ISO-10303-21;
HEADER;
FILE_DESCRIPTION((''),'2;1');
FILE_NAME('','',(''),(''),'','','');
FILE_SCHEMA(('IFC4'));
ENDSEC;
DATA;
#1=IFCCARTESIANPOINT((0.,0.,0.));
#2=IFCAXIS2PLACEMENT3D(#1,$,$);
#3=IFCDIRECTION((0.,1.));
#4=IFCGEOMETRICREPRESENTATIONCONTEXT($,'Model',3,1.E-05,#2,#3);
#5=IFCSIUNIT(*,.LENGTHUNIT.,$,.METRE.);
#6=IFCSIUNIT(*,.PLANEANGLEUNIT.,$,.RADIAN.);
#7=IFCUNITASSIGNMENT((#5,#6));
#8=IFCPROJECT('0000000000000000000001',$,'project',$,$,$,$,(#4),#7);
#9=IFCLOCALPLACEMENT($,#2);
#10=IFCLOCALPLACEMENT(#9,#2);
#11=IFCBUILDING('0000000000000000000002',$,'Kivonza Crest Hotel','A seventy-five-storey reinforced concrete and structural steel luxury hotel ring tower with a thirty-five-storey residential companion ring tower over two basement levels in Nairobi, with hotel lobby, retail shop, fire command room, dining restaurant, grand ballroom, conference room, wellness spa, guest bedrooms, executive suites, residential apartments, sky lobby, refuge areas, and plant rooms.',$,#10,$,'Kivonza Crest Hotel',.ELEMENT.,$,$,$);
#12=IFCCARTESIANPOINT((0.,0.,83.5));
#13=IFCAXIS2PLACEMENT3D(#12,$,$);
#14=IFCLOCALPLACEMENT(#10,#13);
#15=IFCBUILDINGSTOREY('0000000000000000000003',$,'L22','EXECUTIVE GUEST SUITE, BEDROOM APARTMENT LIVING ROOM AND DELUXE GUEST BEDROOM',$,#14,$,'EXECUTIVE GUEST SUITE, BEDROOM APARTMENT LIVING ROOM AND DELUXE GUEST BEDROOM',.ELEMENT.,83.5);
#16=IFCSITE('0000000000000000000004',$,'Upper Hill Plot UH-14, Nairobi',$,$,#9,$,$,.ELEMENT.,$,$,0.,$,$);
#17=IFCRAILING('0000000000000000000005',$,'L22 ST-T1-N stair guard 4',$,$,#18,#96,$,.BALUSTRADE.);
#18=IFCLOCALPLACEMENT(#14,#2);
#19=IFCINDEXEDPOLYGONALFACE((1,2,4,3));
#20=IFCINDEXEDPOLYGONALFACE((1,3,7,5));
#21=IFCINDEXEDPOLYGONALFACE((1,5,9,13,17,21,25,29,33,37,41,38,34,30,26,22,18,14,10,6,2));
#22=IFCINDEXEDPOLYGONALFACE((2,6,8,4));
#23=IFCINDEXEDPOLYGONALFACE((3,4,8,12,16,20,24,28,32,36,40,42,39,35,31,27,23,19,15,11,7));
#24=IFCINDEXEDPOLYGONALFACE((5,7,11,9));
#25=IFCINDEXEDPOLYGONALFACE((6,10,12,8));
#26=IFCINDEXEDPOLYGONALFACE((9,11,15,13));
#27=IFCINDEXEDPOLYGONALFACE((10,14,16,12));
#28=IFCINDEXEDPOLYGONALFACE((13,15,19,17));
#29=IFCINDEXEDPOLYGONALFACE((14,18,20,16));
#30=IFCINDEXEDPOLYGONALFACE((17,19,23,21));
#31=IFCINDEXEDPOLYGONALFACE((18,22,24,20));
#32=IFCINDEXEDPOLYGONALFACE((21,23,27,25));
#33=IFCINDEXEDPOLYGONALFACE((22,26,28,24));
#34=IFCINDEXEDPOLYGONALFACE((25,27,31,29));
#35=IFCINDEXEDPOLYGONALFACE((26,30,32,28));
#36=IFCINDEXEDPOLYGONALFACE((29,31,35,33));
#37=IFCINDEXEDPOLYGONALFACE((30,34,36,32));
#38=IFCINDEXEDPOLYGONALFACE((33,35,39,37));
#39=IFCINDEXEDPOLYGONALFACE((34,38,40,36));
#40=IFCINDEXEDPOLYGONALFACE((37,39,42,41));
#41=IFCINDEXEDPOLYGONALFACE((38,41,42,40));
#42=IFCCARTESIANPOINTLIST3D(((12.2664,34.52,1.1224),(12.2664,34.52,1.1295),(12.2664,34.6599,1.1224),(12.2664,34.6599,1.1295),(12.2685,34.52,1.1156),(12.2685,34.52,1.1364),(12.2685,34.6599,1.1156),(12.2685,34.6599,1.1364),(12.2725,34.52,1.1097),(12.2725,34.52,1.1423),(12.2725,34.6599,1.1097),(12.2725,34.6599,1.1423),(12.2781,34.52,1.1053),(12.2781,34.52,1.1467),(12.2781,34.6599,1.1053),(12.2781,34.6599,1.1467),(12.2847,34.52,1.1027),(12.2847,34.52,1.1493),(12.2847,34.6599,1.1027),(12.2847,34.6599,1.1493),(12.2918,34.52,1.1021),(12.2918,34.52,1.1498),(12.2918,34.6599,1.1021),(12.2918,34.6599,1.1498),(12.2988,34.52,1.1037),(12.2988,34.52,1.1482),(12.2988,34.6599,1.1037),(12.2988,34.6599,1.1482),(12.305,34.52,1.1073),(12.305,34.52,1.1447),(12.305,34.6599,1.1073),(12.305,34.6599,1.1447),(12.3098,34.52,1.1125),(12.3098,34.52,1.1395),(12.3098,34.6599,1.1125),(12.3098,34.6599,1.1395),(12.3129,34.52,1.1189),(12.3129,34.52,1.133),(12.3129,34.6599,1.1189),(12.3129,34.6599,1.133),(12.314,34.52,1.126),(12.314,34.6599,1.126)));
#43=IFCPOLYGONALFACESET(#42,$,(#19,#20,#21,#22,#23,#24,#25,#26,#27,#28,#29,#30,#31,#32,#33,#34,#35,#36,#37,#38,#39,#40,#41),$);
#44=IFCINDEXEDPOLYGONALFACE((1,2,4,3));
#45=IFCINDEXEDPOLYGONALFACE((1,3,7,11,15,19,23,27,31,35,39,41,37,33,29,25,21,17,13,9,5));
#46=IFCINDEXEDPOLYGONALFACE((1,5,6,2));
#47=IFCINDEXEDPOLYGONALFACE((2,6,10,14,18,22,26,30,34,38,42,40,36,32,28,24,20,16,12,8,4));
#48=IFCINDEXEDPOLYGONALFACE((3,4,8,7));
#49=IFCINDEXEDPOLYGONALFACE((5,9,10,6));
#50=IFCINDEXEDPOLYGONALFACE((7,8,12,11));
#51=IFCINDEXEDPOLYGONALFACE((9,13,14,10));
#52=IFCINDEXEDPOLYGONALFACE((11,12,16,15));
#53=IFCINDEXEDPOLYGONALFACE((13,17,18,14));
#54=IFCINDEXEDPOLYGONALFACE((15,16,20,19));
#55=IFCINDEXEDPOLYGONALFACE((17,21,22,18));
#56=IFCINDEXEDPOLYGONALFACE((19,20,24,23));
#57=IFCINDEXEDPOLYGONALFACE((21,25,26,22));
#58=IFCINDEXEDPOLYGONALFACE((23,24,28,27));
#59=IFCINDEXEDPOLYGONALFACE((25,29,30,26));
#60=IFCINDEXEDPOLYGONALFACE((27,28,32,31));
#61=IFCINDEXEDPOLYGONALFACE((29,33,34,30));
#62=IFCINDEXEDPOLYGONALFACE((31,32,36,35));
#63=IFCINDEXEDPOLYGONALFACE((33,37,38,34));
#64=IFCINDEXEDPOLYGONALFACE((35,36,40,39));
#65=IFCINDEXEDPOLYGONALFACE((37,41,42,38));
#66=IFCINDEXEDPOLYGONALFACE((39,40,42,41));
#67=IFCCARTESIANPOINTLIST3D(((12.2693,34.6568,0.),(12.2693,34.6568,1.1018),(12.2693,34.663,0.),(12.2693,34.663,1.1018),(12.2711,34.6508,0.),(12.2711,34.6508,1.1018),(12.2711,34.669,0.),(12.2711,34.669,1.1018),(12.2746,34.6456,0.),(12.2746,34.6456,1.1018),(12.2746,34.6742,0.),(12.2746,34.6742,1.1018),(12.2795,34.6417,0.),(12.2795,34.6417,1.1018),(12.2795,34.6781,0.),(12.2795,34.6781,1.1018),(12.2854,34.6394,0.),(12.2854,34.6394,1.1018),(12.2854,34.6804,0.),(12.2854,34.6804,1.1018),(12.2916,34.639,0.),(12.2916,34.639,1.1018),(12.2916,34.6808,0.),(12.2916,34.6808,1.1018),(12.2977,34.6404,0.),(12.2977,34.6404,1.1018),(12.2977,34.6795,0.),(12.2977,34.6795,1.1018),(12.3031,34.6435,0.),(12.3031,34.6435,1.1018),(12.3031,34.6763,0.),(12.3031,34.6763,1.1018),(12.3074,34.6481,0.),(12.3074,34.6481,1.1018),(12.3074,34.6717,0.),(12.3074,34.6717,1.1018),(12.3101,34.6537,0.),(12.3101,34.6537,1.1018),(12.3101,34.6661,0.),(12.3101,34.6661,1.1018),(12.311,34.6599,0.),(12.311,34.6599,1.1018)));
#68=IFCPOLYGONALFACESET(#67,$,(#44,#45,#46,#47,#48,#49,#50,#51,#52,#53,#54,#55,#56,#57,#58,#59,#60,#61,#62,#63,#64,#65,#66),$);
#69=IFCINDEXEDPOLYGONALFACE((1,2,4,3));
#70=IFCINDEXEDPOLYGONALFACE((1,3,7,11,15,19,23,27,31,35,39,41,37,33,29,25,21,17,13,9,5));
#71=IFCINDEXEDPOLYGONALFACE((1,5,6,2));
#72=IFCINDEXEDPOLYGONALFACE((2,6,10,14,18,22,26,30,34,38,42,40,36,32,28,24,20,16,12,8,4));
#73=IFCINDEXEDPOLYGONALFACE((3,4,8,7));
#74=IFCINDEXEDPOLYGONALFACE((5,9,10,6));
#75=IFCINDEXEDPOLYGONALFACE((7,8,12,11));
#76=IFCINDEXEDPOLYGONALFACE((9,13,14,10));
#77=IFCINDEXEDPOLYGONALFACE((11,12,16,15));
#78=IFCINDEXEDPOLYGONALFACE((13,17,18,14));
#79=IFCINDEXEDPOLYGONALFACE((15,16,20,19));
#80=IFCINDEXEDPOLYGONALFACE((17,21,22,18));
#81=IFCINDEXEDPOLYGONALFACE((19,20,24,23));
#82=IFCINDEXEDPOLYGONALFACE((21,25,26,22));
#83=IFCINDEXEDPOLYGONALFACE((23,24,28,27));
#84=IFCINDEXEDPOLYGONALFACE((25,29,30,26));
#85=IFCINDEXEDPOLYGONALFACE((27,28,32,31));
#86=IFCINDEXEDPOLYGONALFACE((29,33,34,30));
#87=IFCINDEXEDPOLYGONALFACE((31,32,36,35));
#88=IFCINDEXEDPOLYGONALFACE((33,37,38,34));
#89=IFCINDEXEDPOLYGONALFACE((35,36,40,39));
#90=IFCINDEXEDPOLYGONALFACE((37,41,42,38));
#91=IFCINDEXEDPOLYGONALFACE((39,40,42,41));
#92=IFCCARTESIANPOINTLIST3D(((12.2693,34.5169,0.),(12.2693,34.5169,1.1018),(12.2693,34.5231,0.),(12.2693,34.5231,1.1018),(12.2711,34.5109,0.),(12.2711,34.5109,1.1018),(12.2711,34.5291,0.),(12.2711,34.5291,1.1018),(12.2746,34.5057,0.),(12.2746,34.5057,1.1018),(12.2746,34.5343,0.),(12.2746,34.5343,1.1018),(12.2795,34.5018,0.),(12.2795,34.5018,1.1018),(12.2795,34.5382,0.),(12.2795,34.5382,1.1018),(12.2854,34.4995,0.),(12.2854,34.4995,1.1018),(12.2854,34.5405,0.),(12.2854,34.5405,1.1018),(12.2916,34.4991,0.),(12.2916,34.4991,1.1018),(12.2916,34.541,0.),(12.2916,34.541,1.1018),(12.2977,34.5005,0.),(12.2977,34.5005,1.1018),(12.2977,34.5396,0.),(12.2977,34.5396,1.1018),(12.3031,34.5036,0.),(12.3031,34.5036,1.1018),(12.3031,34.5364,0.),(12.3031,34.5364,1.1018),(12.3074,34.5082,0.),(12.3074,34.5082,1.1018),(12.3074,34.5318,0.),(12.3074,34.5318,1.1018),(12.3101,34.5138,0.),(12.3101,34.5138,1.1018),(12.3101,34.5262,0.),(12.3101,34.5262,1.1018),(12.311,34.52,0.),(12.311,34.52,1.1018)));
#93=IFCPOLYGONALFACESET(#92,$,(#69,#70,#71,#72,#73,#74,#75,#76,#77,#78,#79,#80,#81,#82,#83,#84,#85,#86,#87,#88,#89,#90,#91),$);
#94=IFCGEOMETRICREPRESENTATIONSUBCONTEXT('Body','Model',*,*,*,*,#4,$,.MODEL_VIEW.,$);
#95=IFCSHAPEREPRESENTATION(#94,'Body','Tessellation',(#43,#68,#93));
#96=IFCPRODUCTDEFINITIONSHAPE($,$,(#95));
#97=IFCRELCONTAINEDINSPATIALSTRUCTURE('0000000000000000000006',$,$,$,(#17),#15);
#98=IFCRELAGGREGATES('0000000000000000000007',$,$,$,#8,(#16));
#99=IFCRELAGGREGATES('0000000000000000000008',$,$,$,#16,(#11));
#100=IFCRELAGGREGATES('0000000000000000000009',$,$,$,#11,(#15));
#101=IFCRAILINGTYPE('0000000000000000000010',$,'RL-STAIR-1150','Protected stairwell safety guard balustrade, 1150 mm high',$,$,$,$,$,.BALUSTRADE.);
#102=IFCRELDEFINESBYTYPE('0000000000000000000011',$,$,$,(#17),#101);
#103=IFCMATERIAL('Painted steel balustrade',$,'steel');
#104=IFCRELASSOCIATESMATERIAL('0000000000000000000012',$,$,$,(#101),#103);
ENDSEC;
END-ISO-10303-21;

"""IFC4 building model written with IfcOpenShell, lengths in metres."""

from ifc_helpers import new_model, si_unit, direction, frame, origin, origin_2d, place, context, subcontext, project, spatial, circle, extrude, material, type_object, element, save


model = new_model("IFC4")

# Units and contexts
model_context = context("Model", 3, precision=1e-05, world=origin(), true_north=direction((0.0, 1.0)))
body_context = subcontext(model_context, "Body", "Model", "MODEL_VIEW")
ifc_project = project(units=[si_unit("LENGTHUNIT", "METRE"), si_unit("PLANEANGLEUNIT", "RADIAN")], contexts=[model_context])

# Site, building, storey
site_placement = place(None, origin())
site = spatial("IfcSite", under=ifc_project, at=site_placement, Name="Upper Hill Plot UH-14, Nairobi", CompositionType="ELEMENT", RefElevation=0.0)
building_placement = place(site_placement, origin())
building = spatial("IfcBuilding", under=site, at=building_placement, Name="Kivonza Crest Hotel", Description="A seventy-five-storey reinforced concrete and structural steel luxury hotel ring tower with a thirty-five-storey residential companion ring tower over two basement levels in Nairobi, with hotel lobby, retail shop, fire command room, dining restaurant, grand ballroom, conference room, wellness spa, guest bedrooms, executive suites, residential apartments, sky lobby, refuge areas, and plant rooms.", LongName="Kivonza Crest Hotel", CompositionType="ELEMENT")
storey_placement = place(building_placement, frame((0.0, 0.0, 83.5)))
storey = spatial("IfcBuildingStorey", under=building, at=storey_placement, Name="L22", Description="EXECUTIVE GUEST SUITE, BEDROOM APARTMENT LIVING ROOM AND DELUXE GUEST BEDROOM", LongName="EXECUTIVE GUEST SUITE, BEDROOM APARTMENT LIVING ROOM AND DELUXE GUEST BEDROOM", CompositionType="ELEMENT", Elevation=83.5)

# Railing
ifc_material_1 = material(Name="Painted steel balustrade", Category="steel")
railing_type_1 = type_object("IfcRailingType", Name="RL-STAIR-1150", Description="Protected stairwell safety guard balustrade, 1150 mm high", PredefinedType="BALUSTRADE", material=ifc_material_1)
railing_1_placement = place(storey_placement, frame((12.29, 34.6599, 0.0)))
element("IfcRailing", 1, at=railing_1_placement, inside=storey, type_object=railing_type_1, Name="L22 ST-T1-N stair guard 4", PredefinedType="BALUSTRADE", context=body_context, shape_type="SweptSolid", body=[
    extrude(circle(Radius=0.0239, at=origin_2d()), frame((0.0, 0.0, 1.126), z_axis=(0.0, -1.0, 0.0), x_axis=(1.0, 0.0, 0.0)), (0.0, 0.0, 1.0), 0.1399),
    extrude(circle(Radius=0.021, at=origin_2d()), origin(), (0.0, 0.0, 1.0), 1.1018),
    extrude(circle(Radius=0.021, at=origin_2d()), frame((0.0, -0.1399, 0.0)), (0.0, 0.0, 1.0), 1.1018),
])

save(model, "model.ifc")
